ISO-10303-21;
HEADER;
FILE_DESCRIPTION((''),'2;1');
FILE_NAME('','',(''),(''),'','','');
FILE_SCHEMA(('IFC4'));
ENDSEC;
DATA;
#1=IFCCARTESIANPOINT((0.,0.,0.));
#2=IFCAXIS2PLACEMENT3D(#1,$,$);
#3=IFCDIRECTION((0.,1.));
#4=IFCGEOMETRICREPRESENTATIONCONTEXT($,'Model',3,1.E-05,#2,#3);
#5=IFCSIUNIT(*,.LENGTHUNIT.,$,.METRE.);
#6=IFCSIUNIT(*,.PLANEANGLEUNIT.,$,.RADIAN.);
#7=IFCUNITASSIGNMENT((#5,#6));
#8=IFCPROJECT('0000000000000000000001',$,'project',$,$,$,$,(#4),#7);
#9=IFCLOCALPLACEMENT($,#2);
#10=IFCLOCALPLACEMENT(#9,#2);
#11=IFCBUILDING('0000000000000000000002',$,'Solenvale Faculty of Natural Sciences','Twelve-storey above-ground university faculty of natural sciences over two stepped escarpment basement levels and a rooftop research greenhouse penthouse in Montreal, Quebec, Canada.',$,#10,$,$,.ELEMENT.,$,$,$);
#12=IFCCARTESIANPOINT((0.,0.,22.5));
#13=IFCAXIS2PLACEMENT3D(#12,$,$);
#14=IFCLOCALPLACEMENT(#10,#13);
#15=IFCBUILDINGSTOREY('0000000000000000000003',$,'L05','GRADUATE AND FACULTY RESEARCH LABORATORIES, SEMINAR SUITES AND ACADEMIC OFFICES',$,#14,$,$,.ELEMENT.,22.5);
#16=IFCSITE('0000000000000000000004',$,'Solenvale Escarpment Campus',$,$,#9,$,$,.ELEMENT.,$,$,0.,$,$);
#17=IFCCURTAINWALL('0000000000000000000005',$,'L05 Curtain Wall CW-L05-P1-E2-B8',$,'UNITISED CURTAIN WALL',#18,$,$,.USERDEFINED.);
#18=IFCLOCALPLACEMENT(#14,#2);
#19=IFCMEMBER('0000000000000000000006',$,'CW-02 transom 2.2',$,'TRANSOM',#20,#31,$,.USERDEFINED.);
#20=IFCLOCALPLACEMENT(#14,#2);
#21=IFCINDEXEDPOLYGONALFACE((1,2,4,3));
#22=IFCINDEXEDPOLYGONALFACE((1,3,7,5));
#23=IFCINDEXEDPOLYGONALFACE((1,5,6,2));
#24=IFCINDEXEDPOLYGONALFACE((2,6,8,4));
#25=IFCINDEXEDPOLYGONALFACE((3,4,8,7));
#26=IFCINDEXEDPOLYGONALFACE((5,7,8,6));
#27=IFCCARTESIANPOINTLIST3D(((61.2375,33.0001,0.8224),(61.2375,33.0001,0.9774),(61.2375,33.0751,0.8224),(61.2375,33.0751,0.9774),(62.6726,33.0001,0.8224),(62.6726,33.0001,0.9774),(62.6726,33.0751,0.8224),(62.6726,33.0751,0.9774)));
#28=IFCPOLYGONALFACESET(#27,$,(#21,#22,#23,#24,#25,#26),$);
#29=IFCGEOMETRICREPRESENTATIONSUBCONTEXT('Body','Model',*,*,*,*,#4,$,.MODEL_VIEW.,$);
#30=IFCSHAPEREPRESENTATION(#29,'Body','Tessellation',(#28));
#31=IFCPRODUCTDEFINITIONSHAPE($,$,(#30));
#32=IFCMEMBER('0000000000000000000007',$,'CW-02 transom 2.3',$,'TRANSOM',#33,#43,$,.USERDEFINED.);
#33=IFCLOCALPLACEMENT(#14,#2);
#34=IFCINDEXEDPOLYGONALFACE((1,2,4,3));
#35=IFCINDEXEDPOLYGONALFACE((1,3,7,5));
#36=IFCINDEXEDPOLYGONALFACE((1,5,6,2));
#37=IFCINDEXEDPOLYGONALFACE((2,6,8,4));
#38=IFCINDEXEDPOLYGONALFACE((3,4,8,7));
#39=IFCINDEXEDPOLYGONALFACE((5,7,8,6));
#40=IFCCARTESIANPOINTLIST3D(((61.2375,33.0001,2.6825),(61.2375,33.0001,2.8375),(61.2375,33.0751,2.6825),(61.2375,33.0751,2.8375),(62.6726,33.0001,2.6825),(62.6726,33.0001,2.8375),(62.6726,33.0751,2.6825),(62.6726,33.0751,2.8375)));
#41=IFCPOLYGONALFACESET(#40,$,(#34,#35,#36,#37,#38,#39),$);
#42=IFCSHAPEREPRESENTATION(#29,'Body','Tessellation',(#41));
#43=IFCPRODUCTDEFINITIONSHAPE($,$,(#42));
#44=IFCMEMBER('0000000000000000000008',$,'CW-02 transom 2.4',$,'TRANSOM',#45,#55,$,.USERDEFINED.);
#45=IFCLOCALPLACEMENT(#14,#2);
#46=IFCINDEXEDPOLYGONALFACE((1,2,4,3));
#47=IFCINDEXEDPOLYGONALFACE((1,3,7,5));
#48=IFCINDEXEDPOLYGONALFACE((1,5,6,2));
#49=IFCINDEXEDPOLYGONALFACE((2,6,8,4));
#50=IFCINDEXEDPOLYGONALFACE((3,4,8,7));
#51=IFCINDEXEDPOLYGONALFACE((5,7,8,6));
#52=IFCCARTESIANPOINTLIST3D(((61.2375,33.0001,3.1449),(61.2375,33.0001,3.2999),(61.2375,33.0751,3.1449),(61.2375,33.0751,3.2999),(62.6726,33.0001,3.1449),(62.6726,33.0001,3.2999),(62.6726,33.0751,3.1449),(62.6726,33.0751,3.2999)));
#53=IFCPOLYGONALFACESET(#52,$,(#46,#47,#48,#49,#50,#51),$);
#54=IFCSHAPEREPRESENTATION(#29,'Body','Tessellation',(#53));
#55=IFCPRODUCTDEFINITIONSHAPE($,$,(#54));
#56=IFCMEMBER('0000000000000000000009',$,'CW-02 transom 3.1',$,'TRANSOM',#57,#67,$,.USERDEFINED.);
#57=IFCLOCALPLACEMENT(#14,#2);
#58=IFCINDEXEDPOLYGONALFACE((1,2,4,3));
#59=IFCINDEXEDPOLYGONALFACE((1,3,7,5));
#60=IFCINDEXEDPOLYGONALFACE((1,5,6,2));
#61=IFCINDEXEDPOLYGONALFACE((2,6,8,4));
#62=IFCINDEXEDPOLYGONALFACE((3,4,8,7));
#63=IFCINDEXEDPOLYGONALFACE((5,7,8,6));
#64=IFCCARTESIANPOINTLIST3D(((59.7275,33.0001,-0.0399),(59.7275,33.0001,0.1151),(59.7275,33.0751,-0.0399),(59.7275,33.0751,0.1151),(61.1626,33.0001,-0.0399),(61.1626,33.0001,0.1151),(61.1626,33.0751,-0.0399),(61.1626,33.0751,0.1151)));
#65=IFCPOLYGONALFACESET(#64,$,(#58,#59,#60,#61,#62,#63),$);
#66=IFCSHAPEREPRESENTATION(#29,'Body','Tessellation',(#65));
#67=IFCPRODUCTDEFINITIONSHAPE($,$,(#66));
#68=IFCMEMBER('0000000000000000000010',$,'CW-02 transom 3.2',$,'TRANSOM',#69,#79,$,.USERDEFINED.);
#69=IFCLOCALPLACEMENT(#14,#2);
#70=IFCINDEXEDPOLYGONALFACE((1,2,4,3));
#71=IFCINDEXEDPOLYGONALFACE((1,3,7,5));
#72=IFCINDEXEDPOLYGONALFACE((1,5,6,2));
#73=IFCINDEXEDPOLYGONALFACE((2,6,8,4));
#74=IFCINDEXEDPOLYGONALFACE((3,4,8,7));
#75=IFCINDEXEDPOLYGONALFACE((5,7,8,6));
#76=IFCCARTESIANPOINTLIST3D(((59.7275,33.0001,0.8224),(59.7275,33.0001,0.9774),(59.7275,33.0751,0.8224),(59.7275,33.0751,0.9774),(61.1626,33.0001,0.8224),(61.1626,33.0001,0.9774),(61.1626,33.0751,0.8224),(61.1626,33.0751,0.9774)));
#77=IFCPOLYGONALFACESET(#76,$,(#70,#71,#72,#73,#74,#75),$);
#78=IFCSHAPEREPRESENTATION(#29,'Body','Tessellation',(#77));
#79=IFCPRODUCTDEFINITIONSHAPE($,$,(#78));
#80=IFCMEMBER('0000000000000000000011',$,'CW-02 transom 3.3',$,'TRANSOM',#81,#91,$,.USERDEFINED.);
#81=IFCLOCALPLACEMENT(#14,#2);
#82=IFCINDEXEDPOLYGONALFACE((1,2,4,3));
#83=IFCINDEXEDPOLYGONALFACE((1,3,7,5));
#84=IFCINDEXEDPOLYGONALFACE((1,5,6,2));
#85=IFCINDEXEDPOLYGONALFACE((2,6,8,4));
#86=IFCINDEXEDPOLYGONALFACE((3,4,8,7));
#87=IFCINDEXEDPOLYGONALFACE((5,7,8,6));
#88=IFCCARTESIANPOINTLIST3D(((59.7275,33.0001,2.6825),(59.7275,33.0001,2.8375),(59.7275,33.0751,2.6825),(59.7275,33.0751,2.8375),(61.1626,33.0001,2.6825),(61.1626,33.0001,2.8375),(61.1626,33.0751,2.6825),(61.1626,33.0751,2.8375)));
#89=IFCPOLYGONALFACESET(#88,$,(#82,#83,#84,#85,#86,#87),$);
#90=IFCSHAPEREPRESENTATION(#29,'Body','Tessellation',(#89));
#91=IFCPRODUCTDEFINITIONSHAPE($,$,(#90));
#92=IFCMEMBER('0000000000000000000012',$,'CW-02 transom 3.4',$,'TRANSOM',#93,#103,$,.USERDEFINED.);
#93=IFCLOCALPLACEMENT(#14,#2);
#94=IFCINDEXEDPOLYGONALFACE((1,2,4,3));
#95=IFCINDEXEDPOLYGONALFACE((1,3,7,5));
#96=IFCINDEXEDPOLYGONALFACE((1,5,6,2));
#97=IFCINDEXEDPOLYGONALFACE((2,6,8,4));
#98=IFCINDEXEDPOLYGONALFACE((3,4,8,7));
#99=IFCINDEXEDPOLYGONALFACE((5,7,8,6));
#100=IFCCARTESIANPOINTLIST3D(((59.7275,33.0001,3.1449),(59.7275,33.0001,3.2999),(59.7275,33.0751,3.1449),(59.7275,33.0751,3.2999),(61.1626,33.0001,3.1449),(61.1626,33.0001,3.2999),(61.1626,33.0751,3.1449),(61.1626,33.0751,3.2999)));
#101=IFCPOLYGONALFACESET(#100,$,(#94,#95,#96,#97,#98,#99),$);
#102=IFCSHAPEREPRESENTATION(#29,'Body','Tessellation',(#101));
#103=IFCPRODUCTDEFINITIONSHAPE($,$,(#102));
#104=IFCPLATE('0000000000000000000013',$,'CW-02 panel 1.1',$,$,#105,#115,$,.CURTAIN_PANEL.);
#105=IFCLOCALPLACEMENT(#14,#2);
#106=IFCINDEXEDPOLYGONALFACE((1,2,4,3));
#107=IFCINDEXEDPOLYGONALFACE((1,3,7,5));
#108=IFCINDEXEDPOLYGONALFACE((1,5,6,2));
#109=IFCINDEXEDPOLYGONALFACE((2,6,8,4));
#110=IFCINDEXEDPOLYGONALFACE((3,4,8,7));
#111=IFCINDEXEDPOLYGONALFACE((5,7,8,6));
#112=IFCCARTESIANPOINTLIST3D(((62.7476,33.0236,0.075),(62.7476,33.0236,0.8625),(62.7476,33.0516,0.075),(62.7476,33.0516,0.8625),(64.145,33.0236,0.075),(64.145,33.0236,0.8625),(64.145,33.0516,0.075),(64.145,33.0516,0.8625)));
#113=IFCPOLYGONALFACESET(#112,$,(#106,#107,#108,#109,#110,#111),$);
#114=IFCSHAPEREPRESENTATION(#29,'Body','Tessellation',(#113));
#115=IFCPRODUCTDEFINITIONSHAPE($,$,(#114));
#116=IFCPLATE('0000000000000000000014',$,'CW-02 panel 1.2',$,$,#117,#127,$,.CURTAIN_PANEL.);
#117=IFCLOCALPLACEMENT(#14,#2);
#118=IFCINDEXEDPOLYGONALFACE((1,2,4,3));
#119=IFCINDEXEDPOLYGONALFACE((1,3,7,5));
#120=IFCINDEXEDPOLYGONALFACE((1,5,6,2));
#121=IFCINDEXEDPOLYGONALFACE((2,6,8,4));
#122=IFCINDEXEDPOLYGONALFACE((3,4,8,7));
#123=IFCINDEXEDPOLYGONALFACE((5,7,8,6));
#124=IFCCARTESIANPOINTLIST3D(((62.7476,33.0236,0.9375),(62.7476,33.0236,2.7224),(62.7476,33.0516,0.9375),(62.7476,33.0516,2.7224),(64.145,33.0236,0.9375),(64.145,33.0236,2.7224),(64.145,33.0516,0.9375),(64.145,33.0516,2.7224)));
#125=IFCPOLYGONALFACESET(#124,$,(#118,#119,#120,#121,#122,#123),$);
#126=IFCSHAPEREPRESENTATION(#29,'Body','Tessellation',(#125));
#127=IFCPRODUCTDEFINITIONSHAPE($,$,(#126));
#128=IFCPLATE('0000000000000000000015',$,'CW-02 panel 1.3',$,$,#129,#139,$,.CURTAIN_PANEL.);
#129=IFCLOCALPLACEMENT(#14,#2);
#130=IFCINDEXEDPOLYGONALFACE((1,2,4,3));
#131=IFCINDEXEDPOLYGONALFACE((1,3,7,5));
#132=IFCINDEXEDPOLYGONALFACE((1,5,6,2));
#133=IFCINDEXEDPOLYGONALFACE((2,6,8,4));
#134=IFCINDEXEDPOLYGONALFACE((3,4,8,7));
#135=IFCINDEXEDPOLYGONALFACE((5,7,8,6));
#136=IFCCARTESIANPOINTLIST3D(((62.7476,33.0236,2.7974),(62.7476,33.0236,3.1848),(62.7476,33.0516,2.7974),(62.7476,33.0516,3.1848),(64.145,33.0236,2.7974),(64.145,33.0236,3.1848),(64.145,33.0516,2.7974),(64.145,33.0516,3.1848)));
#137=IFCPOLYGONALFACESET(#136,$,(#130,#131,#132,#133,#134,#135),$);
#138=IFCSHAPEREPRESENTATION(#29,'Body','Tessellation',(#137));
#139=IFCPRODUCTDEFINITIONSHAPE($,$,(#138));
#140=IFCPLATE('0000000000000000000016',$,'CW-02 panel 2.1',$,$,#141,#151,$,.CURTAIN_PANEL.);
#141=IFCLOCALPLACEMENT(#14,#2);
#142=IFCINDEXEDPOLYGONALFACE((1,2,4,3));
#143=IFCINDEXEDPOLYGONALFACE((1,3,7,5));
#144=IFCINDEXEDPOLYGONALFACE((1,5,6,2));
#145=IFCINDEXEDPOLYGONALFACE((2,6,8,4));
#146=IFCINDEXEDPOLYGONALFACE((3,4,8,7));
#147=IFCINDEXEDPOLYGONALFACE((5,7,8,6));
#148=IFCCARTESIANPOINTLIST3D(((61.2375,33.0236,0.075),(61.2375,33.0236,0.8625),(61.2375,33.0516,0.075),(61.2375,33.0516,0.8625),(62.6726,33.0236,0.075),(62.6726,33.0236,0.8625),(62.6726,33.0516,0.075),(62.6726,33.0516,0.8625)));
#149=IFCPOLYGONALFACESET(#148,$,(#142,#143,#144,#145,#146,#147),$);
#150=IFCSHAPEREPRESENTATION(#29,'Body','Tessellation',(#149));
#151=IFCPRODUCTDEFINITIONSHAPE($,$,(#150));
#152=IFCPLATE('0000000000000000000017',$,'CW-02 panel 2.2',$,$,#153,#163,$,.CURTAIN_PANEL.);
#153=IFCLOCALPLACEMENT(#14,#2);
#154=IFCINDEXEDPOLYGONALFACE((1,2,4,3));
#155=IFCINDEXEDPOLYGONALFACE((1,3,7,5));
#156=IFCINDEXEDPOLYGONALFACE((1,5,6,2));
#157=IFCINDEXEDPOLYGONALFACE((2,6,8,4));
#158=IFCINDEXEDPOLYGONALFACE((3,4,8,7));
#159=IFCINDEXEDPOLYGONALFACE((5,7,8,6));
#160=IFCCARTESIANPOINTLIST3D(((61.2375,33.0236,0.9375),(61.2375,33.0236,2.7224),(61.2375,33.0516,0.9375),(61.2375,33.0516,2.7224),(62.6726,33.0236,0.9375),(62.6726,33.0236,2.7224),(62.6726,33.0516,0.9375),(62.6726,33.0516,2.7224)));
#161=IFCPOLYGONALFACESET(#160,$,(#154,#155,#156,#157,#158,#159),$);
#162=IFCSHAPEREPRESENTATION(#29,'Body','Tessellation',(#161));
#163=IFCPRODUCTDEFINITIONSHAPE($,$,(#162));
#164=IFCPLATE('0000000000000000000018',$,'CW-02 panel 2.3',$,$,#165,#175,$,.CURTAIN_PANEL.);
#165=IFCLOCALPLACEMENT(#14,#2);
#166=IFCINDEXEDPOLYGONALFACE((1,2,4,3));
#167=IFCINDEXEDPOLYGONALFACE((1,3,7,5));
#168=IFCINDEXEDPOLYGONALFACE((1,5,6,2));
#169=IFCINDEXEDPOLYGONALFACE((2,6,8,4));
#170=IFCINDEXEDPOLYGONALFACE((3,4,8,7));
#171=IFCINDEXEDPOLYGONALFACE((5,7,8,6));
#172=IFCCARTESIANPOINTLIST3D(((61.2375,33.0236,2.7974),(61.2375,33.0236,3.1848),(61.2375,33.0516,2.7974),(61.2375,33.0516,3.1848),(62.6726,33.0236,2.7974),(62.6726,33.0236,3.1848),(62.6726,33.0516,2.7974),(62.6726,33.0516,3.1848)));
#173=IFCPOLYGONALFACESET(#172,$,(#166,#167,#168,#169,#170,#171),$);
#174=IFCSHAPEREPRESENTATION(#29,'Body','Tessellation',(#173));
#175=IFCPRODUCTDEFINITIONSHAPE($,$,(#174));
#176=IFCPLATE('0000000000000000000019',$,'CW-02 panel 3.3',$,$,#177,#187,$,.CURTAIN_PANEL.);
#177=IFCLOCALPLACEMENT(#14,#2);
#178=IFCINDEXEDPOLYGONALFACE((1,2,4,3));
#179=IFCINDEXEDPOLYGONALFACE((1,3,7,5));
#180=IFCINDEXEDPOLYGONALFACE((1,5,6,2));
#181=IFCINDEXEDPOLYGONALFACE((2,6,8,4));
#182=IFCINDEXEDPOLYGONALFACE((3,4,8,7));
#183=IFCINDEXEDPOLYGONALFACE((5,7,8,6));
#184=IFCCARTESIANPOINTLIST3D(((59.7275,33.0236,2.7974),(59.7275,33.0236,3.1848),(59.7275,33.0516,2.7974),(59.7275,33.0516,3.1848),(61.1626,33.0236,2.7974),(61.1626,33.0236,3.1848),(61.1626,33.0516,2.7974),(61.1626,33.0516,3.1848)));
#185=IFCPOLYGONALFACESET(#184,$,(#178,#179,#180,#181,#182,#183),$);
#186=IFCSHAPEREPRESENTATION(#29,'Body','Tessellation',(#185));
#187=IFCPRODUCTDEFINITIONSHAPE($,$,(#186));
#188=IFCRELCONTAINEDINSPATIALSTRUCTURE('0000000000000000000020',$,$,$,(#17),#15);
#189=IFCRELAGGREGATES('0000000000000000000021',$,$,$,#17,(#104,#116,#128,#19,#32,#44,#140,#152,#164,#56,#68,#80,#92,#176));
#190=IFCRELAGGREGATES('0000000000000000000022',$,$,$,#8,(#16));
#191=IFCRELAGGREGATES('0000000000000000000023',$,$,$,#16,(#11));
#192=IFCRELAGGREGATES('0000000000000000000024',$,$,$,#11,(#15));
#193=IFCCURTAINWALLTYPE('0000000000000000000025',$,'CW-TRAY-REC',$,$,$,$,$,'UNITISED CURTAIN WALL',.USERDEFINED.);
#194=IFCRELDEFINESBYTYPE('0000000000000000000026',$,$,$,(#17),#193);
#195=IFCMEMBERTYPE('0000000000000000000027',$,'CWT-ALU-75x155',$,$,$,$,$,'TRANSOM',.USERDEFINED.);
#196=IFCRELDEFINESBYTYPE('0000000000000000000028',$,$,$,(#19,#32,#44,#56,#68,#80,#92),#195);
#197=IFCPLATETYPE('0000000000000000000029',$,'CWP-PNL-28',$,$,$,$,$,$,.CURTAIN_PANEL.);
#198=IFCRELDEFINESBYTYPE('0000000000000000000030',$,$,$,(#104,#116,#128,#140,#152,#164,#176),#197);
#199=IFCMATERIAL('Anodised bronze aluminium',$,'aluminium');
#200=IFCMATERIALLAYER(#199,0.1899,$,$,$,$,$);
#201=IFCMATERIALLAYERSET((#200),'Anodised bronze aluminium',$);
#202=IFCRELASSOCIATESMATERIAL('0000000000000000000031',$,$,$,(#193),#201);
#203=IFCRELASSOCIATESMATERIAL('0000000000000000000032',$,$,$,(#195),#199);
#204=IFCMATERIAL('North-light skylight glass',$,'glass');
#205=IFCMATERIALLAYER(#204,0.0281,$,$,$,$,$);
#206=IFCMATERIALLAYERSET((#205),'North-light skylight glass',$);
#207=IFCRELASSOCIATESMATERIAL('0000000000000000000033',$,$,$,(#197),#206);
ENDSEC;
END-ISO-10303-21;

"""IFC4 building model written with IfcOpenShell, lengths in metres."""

from ifc_helpers import new_model, si_unit, direction, frame, origin, origin_2d, place, context, subcontext, project, spatial, rectangle, extrude, material, layer, layer_set, material_profile, profile_set, type_object, element, aggregate, save


model = new_model("IFC4")

# Units and contexts
model_context = context("Model", 3, precision=1e-05, world=origin(), true_north=direction((0.0, 1.0)))
body_context = subcontext(model_context, "Body", "Model", "MODEL_VIEW")
ifc_project = project(units=[si_unit("LENGTHUNIT", "METRE"), si_unit("PLANEANGLEUNIT", "RADIAN")], contexts=[model_context])

# Site, building, storey
site_placement = place(None, origin())
site = spatial("IfcSite", under=ifc_project, at=site_placement, Name="Solenvale Escarpment Campus", CompositionType="ELEMENT", RefElevation=0.0)
building_placement = place(site_placement, origin())
building = spatial("IfcBuilding", under=site, at=building_placement, Name="Solenvale Faculty of Natural Sciences", Description="Twelve-storey above-ground university faculty of natural sciences over two stepped escarpment basement levels and a rooftop research greenhouse penthouse in Montreal, Quebec, Canada.", CompositionType="ELEMENT")
storey_placement = place(building_placement, frame((0.0, 0.0, 22.5)))
storey = spatial("IfcBuildingStorey", under=building, at=storey_placement, Name="L05", Description="GRADUATE AND FACULTY RESEARCH LABORATORIES, SEMINAR SUITES AND ACADEMIC OFFICES", CompositionType="ELEMENT", Elevation=22.5)

# Curtain wall
ifc_material_1 = material(Name="Anodised bronze aluminium", Category="aluminium")
ifc_layer_1 = layer(ifc_material_1, 0.1899)
ifc_layer_set_1 = layer_set([ifc_layer_1], Name="Anodised bronze aluminium")
curtain_wall_type = type_object("IfcCurtainWallType", Name="CW-TRAY-REC", ElementType="UNITISED CURTAIN WALL", PredefinedType="USERDEFINED", material=ifc_layer_set_1)
curtain_wall_1_placement = place(storey_placement, origin())
curtain_wall_1 = element("IfcCurtainWall", 1, at=curtain_wall_1_placement, inside=storey, type_object=curtain_wall_type, Name="L05 Curtain Wall CW-L05-P1-E2-B8", ObjectType="UNITISED CURTAIN WALL", PredefinedType="USERDEFINED")

# Members
ifc_material_profile_1 = material_profile(ifc_material_1, rectangle(XDim=0.075, YDim=0.155, at=origin_2d()), Name="ALU-TRN-75x155")
ifc_profile_set_1 = profile_set([ifc_material_profile_1], Name="Anodised bronze aluminium")
member_type_1 = type_object("IfcMemberType", Name="CWT-ALU-75x155", ElementType="TRANSOM", PredefinedType="USERDEFINED", material=ifc_profile_set_1)
member_1_placement = place(storey_placement, frame((62.6726, 33.0376, 0.8999), z_axis=(-1.0, 0.0, 0.0), x_axis=(0.0, -1.0, 0.0)))
member_1 = element("IfcMember", 2, at=member_1_placement, type_object=member_type_1, Name="CW-02 transom 2.2", ObjectType="TRANSOM", PredefinedType="USERDEFINED", context=body_context, shape_type="SweptSolid", body=[
    extrude(rectangle(XDim=0.075, YDim=0.155, at=origin_2d()), origin(), (0.0, 0.0, 1.0), 1.4351),
])
member_2_placement = place(storey_placement, frame((62.6726, 33.0376, 2.76), z_axis=(-1.0, 0.0, 0.0), x_axis=(0.0, -1.0, 0.0)))
member_2 = element("IfcMember", 3, at=member_2_placement, type_object=member_type_1, Name="CW-02 transom 2.3", ObjectType="TRANSOM", PredefinedType="USERDEFINED", context=body_context, shape_type="SweptSolid", body=[
    extrude(rectangle(XDim=0.075, YDim=0.155, at=origin_2d()), origin(), (0.0, 0.0, 1.0), 1.4351),
])
member_3_placement = place(storey_placement, frame((62.6726, 33.0376, 3.2224), z_axis=(-1.0, 0.0, 0.0), x_axis=(0.0, -1.0, 0.0)))
member_3 = element("IfcMember", 4, at=member_3_placement, type_object=member_type_1, Name="CW-02 transom 2.4", ObjectType="TRANSOM", PredefinedType="USERDEFINED", context=body_context, shape_type="SweptSolid", body=[
    extrude(rectangle(XDim=0.075, YDim=0.155, at=origin_2d()), origin(), (0.0, 0.0, 1.0), 1.4351),
])
member_4_placement = place(storey_placement, frame((61.1626, 33.0376, 0.0376), z_axis=(-1.0, 0.0, 0.0), x_axis=(0.0, -1.0, 0.0)))
member_4 = element("IfcMember", 5, at=member_4_placement, type_object=member_type_1, Name="CW-02 transom 3.1", ObjectType="TRANSOM", PredefinedType="USERDEFINED", context=body_context, shape_type="SweptSolid", body=[
    extrude(rectangle(XDim=0.075, YDim=0.155, at=origin_2d()), origin(), (0.0, 0.0, 1.0), 1.4351),
])
member_5_placement = place(storey_placement, frame((61.1626, 33.0376, 0.8999), z_axis=(-1.0, 0.0, 0.0), x_axis=(0.0, -1.0, 0.0)))
member_5 = element("IfcMember", 6, at=member_5_placement, type_object=member_type_1, Name="CW-02 transom 3.2", ObjectType="TRANSOM", PredefinedType="USERDEFINED", context=body_context, shape_type="SweptSolid", body=[
    extrude(rectangle(XDim=0.075, YDim=0.155, at=origin_2d()), origin(), (0.0, 0.0, 1.0), 1.4351),
])
member_6_placement = place(storey_placement, frame((61.1626, 33.0376, 2.76), z_axis=(-1.0, 0.0, 0.0), x_axis=(0.0, -1.0, 0.0)))
member_6 = element("IfcMember", 7, at=member_6_placement, type_object=member_type_1, Name="CW-02 transom 3.3", ObjectType="TRANSOM", PredefinedType="USERDEFINED", context=body_context, shape_type="SweptSolid", body=[
    extrude(rectangle(XDim=0.075, YDim=0.155, at=origin_2d()), origin(), (0.0, 0.0, 1.0), 1.4351),
])
member_7_placement = place(storey_placement, frame((61.1626, 33.0376, 3.2224), z_axis=(-1.0, 0.0, 0.0), x_axis=(0.0, -1.0, 0.0)))
member_7 = element("IfcMember", 8, at=member_7_placement, type_object=member_type_1, Name="CW-02 transom 3.4", ObjectType="TRANSOM", PredefinedType="USERDEFINED", context=body_context, shape_type="SweptSolid", body=[
    extrude(rectangle(XDim=0.075, YDim=0.155, at=origin_2d()), origin(), (0.0, 0.0, 1.0), 1.4351),
])

# Plates
ifc_material_2 = material(Name="North-light skylight glass", Category="glass")
ifc_layer_2 = layer(ifc_material_2, 0.0281)
ifc_layer_set_2 = layer_set([ifc_layer_2], Name="North-light skylight glass")
plate_type_1 = type_object("IfcPlateType", Name="CWP-PNL-28", PredefinedType="CURTAIN_PANEL", material=ifc_layer_set_2)
plate_1_placement = place(storey_placement, frame((63.4463, 33.0376, 0.075), z_axis=(0.0, 0.0, 1.0), x_axis=(-1.0, 0.0, 0.0)))
plate_1 = element("IfcPlate", 9, at=plate_1_placement, type_object=plate_type_1, Name="CW-02 panel 1.1", PredefinedType="CURTAIN_PANEL", context=body_context, shape_type="SweptSolid", body=[
    extrude(rectangle(XDim=1.3975, YDim=0.0281, at=origin_2d()), origin(), (0.0, 0.0, 1.0), 0.7876),
])
plate_2_placement = place(storey_placement, frame((63.4463, 33.0376, 0.9375), z_axis=(0.0, 0.0, 1.0), x_axis=(-1.0, 0.0, 0.0)))
plate_2 = element("IfcPlate", 10, at=plate_2_placement, type_object=plate_type_1, Name="CW-02 panel 1.2", PredefinedType="CURTAIN_PANEL", context=body_context, shape_type="SweptSolid", body=[
    extrude(rectangle(XDim=1.3975, YDim=0.0281, at=origin_2d()), origin(), (0.0, 0.0, 1.0), 1.7849),
])
plate_3_placement = place(storey_placement, frame((63.4463, 33.0376, 2.7974), z_axis=(0.0, 0.0, 1.0), x_axis=(-1.0, 0.0, 0.0)))
plate_3 = element("IfcPlate", 11, at=plate_3_placement, type_object=plate_type_1, Name="CW-02 panel 1.3", PredefinedType="CURTAIN_PANEL", context=body_context, shape_type="SweptSolid", body=[
    extrude(rectangle(XDim=1.3975, YDim=0.0281, at=origin_2d()), origin(), (0.0, 0.0, 1.0), 0.3875),
])
plate_4_placement = place(storey_placement, frame((61.9551, 33.0376, 0.075), z_axis=(0.0, 0.0, 1.0), x_axis=(-1.0, 0.0, 0.0)))
plate_4 = element("IfcPlate", 12, at=plate_4_placement, type_object=plate_type_1, Name="CW-02 panel 2.1", PredefinedType="CURTAIN_PANEL", context=body_context, shape_type="SweptSolid", body=[
    extrude(rectangle(XDim=1.4351, YDim=0.0281, at=origin_2d()), origin(), (0.0, 0.0, 1.0), 0.7876),
])
plate_5_placement = place(storey_placement, frame((61.9551, 33.0376, 0.9375), z_axis=(0.0, 0.0, 1.0), x_axis=(-1.0, 0.0, 0.0)))
plate_5 = element("IfcPlate", 13, at=plate_5_placement, type_object=plate_type_1, Name="CW-02 panel 2.2", PredefinedType="CURTAIN_PANEL", context=body_context, shape_type="SweptSolid", body=[
    extrude(rectangle(XDim=1.4351, YDim=0.0281, at=origin_2d()), origin(), (0.0, 0.0, 1.0), 1.7849),
])
plate_6_placement = place(storey_placement, frame((61.9551, 33.0376, 2.7974), z_axis=(0.0, 0.0, 1.0), x_axis=(-1.0, 0.0, 0.0)))
plate_6 = element("IfcPlate", 14, at=plate_6_placement, type_object=plate_type_1, Name="CW-02 panel 2.3", PredefinedType="CURTAIN_PANEL", context=body_context, shape_type="SweptSolid", body=[
    extrude(rectangle(XDim=1.4351, YDim=0.0281, at=origin_2d()), origin(), (0.0, 0.0, 1.0), 0.3875),
])
plate_7_placement = place(storey_placement, frame((60.4451, 33.0376, 2.7974), z_axis=(0.0, 0.0, 1.0), x_axis=(-1.0, 0.0, 0.0)))
plate_7 = element("IfcPlate", 15, at=plate_7_placement, type_object=plate_type_1, Name="CW-02 panel 3.3", PredefinedType="CURTAIN_PANEL", context=body_context, shape_type="SweptSolid", body=[
    extrude(rectangle(XDim=1.4351, YDim=0.0281, at=origin_2d()), origin(), (0.0, 0.0, 1.0), 0.3875),
])
aggregate(curtain_wall_1, [plate_1, plate_2, plate_3, member_1, member_2, member_3, plate_4, plate_5, plate_6, member_4, member_5, member_6, member_7, plate_7])

save(model, "model.ifc")
